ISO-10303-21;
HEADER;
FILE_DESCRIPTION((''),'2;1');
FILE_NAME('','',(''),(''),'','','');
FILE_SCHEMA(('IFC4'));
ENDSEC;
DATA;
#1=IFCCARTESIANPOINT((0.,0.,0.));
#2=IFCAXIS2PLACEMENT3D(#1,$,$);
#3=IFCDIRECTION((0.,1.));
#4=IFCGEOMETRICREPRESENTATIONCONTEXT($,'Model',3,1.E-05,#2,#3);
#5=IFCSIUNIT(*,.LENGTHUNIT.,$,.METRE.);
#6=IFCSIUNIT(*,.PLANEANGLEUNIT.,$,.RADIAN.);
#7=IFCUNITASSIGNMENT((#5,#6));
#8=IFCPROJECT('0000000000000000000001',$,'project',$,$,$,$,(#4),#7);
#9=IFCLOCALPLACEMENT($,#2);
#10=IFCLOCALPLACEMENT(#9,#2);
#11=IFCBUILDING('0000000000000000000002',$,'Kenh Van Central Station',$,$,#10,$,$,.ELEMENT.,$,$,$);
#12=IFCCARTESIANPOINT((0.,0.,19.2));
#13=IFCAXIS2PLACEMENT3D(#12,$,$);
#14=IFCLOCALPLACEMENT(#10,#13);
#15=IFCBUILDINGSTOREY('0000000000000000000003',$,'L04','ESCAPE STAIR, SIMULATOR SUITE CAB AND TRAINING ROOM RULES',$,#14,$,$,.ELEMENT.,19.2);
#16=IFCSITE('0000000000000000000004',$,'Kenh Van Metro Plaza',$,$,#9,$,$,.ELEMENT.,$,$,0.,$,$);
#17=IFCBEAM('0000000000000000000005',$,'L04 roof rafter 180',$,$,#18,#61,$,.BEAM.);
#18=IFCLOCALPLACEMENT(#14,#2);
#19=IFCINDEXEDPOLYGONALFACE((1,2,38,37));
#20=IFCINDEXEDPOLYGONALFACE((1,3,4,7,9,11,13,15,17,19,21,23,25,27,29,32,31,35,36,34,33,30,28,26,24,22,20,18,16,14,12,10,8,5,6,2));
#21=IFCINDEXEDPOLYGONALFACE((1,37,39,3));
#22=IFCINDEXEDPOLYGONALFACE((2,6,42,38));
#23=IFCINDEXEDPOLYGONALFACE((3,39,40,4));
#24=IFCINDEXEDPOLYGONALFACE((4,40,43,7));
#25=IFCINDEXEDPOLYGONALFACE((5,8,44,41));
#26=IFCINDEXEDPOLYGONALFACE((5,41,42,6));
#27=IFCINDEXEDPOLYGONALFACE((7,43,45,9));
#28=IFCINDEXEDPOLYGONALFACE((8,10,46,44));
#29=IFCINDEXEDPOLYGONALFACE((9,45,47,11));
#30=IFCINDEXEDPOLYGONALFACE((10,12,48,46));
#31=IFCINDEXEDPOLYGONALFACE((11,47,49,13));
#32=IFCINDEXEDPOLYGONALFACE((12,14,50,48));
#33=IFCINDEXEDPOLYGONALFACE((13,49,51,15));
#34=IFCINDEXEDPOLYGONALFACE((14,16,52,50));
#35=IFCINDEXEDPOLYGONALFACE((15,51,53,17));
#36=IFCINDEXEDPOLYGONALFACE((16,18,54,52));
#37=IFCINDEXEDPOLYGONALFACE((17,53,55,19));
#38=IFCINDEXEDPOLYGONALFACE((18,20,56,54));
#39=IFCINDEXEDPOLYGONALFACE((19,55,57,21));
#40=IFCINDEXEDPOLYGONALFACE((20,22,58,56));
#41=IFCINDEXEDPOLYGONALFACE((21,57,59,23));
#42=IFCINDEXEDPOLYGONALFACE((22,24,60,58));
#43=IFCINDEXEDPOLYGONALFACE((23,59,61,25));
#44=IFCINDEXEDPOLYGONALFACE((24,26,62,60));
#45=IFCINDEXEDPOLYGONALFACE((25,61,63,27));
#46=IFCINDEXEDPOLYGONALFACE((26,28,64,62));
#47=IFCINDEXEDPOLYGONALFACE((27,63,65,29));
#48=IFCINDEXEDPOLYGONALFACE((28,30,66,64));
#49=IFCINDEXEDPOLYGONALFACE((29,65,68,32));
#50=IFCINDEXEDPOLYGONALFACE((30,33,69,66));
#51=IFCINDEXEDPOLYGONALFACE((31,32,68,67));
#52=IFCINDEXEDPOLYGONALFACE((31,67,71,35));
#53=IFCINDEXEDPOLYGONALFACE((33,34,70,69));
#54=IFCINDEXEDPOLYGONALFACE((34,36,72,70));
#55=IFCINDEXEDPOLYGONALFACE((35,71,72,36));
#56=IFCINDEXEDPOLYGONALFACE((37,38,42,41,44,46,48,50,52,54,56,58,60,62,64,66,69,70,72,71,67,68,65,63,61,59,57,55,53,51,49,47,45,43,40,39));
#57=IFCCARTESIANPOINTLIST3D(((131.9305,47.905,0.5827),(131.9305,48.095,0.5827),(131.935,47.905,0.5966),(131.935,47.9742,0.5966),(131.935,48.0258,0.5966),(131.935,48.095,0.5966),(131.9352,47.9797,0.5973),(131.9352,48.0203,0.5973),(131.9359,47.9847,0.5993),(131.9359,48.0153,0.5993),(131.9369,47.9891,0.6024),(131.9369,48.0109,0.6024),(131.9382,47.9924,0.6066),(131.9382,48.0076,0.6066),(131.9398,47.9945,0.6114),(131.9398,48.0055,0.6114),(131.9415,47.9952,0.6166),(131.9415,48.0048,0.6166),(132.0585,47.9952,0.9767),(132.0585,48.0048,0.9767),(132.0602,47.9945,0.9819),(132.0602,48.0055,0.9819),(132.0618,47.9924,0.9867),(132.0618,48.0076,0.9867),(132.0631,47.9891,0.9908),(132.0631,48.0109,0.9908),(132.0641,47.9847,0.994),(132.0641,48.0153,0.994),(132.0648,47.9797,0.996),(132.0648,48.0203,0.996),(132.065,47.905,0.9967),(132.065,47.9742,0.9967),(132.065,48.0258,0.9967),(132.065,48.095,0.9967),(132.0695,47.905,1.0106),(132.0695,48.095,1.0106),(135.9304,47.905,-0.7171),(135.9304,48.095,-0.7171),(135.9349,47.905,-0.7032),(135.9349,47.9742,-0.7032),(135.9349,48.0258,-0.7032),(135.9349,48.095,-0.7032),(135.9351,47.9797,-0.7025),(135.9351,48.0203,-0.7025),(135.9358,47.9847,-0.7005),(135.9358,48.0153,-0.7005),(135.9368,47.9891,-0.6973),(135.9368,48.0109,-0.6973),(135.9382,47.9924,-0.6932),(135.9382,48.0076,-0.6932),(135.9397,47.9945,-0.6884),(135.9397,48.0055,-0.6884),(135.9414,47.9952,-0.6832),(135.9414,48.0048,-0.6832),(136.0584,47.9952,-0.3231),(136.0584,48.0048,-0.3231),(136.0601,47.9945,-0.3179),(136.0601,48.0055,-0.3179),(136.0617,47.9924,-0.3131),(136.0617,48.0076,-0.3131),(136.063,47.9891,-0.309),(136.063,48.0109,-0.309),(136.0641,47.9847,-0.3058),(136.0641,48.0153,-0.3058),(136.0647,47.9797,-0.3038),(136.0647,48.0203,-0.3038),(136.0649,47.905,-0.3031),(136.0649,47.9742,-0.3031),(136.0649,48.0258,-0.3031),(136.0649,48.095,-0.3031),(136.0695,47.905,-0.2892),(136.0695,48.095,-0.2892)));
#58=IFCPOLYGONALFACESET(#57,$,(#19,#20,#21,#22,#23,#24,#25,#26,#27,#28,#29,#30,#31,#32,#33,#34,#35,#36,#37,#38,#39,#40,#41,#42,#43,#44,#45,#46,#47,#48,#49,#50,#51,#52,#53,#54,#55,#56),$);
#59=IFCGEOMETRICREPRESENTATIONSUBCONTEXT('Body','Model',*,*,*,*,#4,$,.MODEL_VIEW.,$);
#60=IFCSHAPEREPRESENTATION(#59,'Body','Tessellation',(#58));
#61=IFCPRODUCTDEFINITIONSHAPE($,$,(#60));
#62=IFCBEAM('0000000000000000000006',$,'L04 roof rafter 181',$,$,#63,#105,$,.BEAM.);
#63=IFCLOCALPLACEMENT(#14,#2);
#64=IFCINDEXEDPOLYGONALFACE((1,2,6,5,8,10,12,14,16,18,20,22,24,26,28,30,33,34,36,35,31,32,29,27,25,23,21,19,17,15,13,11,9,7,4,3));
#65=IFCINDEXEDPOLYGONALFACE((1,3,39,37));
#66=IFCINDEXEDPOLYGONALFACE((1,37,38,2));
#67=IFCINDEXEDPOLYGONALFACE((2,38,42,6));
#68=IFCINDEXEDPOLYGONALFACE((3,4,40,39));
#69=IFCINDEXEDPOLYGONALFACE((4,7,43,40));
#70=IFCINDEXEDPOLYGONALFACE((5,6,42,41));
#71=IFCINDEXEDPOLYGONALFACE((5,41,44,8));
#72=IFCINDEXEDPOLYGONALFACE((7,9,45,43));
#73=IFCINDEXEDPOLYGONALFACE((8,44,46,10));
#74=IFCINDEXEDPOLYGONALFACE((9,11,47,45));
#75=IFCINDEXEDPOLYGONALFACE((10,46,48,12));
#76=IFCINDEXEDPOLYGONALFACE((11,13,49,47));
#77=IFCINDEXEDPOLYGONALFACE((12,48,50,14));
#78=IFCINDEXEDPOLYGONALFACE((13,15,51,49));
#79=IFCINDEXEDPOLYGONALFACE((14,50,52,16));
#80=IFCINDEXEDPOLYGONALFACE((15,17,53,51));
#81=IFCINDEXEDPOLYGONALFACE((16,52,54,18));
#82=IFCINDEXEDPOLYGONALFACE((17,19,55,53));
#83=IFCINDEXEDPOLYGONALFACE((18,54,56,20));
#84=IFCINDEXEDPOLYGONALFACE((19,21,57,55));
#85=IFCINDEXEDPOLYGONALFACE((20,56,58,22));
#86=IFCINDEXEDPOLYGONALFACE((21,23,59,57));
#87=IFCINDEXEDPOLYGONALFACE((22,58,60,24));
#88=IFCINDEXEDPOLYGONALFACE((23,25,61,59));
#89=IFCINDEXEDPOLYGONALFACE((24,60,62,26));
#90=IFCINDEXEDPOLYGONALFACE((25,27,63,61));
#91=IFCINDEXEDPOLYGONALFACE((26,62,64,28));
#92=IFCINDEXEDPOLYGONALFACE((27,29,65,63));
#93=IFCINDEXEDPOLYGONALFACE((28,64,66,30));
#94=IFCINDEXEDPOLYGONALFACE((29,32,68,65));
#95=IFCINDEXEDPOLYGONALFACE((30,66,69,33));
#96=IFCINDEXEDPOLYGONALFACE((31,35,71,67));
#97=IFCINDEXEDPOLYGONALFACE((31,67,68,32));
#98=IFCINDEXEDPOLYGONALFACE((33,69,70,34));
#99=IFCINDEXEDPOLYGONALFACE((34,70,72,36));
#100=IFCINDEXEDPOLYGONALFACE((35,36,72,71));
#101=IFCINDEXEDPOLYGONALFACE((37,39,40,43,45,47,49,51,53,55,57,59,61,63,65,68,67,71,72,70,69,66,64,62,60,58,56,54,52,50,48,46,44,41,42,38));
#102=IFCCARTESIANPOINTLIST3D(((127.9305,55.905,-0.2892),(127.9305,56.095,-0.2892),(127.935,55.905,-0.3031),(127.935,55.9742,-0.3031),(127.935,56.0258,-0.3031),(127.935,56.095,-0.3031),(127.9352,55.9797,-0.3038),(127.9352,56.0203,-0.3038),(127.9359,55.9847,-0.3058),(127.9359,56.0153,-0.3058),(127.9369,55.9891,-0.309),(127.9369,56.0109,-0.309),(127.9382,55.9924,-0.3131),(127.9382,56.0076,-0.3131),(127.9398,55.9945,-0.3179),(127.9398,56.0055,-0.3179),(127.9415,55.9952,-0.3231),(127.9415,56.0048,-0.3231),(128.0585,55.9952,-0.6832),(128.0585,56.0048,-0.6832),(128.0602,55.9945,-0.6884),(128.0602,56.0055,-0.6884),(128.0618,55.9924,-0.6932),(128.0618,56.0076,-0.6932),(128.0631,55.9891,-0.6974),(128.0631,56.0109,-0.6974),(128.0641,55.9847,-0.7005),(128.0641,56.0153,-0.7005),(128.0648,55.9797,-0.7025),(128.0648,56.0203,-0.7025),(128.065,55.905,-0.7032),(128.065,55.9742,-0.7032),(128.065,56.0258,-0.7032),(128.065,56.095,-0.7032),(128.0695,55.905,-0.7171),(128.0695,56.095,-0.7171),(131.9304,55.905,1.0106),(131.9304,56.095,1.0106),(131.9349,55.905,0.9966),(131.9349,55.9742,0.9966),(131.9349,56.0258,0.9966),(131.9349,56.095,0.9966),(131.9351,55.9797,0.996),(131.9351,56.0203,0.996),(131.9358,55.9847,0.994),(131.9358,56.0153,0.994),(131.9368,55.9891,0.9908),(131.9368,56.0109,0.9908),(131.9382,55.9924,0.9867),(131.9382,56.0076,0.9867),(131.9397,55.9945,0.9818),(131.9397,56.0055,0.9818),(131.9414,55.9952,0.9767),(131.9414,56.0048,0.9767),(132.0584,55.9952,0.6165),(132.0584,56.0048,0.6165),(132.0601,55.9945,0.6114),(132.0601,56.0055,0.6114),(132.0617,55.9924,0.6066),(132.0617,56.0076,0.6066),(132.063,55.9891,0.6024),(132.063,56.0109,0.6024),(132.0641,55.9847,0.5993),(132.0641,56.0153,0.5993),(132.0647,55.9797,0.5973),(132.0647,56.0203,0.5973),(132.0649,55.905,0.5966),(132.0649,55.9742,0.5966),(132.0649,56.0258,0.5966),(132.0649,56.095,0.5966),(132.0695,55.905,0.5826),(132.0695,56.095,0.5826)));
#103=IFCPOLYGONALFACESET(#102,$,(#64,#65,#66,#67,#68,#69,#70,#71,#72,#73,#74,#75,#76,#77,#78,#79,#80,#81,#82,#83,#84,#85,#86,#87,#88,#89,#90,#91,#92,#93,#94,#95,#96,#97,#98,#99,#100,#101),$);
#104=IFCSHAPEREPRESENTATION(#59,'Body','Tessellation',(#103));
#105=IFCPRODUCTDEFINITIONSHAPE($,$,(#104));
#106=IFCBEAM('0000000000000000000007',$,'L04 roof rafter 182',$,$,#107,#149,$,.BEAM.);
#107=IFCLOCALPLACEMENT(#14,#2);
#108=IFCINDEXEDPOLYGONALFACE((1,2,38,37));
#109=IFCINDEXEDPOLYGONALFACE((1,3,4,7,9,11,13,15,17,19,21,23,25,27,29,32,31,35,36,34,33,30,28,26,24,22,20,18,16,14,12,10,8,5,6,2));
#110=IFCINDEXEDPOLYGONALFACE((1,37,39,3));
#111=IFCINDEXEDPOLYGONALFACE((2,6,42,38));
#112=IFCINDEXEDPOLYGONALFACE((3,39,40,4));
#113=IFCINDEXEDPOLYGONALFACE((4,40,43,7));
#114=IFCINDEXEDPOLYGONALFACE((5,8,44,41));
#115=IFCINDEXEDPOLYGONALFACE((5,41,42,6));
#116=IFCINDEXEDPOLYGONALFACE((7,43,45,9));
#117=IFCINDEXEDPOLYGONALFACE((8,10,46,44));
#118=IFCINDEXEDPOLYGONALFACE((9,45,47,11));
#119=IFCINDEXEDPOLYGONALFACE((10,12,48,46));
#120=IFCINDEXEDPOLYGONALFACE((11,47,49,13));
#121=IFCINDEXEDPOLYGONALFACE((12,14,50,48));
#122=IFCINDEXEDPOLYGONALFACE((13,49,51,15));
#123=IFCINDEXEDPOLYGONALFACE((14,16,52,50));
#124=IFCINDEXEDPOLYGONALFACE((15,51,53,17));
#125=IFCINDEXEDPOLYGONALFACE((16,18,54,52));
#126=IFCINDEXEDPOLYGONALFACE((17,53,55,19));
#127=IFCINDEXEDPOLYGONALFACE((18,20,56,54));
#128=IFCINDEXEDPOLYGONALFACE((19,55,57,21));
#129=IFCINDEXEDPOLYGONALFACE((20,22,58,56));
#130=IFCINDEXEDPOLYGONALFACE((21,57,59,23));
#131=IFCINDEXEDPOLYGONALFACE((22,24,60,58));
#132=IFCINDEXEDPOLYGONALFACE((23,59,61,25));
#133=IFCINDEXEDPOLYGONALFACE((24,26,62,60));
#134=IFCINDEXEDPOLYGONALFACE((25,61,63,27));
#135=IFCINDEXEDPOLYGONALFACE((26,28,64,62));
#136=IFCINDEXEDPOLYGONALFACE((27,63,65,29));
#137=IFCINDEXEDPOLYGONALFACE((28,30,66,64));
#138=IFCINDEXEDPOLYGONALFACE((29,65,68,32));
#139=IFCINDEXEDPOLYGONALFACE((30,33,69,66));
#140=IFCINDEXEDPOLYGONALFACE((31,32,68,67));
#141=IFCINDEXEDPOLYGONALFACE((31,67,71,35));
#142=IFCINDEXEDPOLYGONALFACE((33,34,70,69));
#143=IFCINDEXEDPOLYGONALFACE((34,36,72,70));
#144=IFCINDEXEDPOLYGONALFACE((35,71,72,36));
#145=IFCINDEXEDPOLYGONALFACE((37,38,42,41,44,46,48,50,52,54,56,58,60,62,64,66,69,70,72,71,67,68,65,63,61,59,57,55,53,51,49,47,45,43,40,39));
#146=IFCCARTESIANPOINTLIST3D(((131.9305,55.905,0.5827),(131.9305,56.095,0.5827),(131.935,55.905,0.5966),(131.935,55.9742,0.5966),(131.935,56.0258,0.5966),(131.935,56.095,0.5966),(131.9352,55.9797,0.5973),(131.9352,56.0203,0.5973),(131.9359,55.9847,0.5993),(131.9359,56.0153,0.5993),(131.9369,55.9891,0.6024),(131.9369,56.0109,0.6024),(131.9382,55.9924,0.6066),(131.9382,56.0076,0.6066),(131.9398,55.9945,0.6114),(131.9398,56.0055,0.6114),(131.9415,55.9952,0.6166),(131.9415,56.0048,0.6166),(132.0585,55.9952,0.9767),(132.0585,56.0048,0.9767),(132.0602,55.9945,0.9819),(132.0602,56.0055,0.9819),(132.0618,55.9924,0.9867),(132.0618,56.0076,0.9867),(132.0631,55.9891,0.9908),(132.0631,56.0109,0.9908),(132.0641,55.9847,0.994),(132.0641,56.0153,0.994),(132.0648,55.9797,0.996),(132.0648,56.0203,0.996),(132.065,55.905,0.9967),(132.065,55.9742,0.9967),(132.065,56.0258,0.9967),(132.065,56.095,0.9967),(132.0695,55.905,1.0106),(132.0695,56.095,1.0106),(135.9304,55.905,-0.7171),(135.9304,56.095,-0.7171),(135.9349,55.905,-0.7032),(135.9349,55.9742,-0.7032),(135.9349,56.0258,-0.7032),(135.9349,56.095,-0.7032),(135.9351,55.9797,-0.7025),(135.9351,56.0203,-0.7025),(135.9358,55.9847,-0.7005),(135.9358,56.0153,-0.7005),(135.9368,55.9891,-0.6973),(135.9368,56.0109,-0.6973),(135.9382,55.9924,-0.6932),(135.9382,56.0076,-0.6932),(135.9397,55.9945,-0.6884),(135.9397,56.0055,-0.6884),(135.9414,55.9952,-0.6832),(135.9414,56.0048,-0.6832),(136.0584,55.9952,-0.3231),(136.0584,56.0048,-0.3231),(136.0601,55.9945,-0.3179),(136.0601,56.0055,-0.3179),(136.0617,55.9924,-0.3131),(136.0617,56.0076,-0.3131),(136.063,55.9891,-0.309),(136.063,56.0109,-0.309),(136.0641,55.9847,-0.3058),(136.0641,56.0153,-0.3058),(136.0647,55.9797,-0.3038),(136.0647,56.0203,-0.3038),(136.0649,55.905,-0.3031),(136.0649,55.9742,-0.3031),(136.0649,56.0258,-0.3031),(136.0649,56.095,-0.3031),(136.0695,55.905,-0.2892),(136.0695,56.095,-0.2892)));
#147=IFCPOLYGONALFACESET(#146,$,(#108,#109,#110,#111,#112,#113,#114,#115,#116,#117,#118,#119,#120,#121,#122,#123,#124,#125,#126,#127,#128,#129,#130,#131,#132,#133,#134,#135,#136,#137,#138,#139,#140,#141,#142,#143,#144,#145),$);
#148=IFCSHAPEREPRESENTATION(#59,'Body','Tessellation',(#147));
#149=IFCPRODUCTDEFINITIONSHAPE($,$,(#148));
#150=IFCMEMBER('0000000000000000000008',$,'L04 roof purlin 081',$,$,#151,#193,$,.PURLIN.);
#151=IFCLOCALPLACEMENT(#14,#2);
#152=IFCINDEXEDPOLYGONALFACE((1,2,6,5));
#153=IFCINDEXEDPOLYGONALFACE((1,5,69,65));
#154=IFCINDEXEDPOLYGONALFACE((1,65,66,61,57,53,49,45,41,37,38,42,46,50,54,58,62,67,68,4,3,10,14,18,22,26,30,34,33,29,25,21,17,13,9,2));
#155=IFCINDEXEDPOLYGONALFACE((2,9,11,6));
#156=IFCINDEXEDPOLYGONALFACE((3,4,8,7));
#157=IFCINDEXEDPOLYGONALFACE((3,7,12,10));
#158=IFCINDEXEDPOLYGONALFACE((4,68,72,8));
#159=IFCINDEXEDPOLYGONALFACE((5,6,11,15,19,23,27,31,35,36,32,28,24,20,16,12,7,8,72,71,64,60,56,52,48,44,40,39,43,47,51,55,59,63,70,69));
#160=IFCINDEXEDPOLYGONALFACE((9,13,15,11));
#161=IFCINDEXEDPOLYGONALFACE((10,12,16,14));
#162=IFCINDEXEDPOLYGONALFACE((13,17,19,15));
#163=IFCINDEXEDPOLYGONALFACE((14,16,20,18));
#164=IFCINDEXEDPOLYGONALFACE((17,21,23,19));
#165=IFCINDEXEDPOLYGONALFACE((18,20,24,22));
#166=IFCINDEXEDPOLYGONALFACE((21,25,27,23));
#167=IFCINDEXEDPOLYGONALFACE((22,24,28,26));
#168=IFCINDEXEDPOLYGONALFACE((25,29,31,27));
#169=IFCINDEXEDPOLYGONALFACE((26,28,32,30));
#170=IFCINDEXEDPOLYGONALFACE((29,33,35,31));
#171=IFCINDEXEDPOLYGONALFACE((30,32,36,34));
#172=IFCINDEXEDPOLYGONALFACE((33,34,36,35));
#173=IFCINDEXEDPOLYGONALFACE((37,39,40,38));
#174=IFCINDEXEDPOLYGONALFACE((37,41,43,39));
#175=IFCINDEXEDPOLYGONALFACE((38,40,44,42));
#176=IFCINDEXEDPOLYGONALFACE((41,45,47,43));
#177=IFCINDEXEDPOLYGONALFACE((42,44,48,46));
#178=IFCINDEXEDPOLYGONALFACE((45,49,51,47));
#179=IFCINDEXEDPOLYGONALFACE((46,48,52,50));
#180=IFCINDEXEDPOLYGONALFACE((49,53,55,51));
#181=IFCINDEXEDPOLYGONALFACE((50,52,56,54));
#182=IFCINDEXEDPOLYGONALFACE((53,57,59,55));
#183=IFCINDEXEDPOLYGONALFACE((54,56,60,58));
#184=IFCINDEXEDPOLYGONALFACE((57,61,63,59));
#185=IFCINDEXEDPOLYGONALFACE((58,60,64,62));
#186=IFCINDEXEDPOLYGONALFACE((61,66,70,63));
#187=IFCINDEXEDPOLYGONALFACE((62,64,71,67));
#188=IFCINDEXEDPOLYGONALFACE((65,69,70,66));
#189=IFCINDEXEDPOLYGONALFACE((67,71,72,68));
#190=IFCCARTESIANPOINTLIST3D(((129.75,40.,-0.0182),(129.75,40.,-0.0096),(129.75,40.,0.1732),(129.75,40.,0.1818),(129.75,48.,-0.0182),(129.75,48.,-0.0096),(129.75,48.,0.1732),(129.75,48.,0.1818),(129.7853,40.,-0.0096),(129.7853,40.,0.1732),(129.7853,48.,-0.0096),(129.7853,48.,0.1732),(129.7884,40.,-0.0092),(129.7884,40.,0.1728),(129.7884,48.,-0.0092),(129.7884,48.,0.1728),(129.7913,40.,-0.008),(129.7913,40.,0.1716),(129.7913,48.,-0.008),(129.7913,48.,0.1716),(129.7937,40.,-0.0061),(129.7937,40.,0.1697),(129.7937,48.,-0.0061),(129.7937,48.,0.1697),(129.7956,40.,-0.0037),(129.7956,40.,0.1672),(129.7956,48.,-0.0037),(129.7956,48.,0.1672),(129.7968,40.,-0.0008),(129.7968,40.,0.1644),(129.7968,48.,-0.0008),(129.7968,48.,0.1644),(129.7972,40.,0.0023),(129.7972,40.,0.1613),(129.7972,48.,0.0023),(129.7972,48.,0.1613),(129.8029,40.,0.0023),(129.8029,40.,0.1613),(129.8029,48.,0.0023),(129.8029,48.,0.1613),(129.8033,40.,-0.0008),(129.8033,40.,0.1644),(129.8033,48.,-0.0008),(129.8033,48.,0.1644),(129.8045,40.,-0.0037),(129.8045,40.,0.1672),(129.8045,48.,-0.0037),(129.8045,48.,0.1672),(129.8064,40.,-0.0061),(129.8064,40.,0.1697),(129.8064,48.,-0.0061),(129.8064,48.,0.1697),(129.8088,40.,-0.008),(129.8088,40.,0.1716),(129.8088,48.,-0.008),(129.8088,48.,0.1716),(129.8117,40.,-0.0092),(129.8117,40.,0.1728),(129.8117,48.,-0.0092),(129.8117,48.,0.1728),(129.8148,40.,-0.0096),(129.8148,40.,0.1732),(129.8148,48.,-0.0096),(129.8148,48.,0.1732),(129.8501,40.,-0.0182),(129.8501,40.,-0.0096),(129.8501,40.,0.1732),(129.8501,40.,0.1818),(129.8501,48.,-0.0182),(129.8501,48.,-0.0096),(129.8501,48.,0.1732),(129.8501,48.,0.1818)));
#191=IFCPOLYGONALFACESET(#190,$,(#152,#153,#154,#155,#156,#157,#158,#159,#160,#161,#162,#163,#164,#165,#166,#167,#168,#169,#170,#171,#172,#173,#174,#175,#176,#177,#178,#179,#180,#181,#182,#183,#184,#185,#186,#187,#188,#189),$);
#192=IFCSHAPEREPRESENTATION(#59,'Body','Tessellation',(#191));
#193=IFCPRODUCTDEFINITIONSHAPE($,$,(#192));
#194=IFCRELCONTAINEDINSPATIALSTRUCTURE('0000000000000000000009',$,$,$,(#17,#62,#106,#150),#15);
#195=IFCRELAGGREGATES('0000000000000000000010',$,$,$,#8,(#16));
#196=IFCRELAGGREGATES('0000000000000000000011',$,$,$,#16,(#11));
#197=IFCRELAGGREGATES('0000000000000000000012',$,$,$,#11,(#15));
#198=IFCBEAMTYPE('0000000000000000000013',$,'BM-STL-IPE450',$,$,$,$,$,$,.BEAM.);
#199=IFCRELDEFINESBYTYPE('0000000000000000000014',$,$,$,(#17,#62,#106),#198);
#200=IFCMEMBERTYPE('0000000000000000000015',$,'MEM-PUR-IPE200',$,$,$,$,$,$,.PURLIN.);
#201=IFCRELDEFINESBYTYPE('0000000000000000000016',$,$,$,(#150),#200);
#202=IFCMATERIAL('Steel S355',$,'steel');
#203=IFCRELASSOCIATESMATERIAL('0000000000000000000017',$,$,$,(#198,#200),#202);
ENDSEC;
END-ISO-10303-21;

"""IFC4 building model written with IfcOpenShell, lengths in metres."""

from ifc_helpers import new_model, si_unit, direction, frame, origin, origin_2d, place, context, subcontext, project, spatial, i_section, extrude, material, material_profile, profile_set, type_object, element, save


model = new_model("IFC4")

# Units and contexts
model_context = context("Model", 3, precision=1e-05, world=origin(), true_north=direction((0.0, 1.0)))
body_context = subcontext(model_context, "Body", "Model", "MODEL_VIEW")
ifc_project = project(units=[si_unit("LENGTHUNIT", "METRE"), si_unit("PLANEANGLEUNIT", "RADIAN")], contexts=[model_context])

# Site, building, storey
site_placement = place(None, origin())
site = spatial("IfcSite", under=ifc_project, at=site_placement, Name="Kenh Van Metro Plaza", CompositionType="ELEMENT", RefElevation=0.0)
building_placement = place(site_placement, origin())
building = spatial("IfcBuilding", under=site, at=building_placement, Name="Kenh Van Central Station", CompositionType="ELEMENT")
storey_placement = place(building_placement, frame((0.0, 0.0, 19.2)))
storey = spatial("IfcBuildingStorey", under=building, at=storey_placement, Name="L04", Description="ESCAPE STAIR, SIMULATOR SUITE CAB AND TRAINING ROOM RULES", CompositionType="ELEMENT", Elevation=19.2)

# Beams
ifc_material_1 = material(Name="Steel S355", Category="steel")
ifc_material_profile_1 = material_profile(ifc_material_1, i_section(OverallWidth=0.1899, OverallDepth=0.45, WebThickness=0.0095, FlangeThickness=0.0146, FilletRadius=0.021, at=origin_2d()), Name="IPE 450")
ifc_profile_set_1 = profile_set([ifc_material_profile_1], Name="Steel S355")
beam_type_1 = type_object("IfcBeamType", Name="BM-STL-IPE450", PredefinedType="BEAM", material=ifc_profile_set_1)
for number, where, z_axis, x_axis, name in (
    (1, (132.0, 48.0, 0.7966), (0.951048, 0.0, -0.309044), (0.0, 1.0, 0.0), "L04 roof rafter 180"),
    (2, (128.0, 56.0, -0.5032), (0.951048, 0.0, 0.309044), (0.0, 1.0, 0.0), "L04 roof rafter 181"),
    (3, (132.0, 56.0, 0.7966), (0.951048, 0.0, -0.309044), (0.0, 1.0, 0.0), "L04 roof rafter 182"),
):
    element("IfcBeam", number, at=place(storey_placement, frame(where, z_axis=z_axis, x_axis=x_axis)), inside=storey, type_object=beam_type_1, Name=name, PredefinedType="BEAM", context=body_context, shape_type="SweptSolid", body=[
        extrude(i_section(OverallWidth=0.1899, OverallDepth=0.45, WebThickness=0.0095, FlangeThickness=0.0146, FilletRadius=0.021, at=origin_2d()), origin(), (0.0, 0.0, 1.0), 4.2058),
    ])

# Member
ifc_material_profile_2 = material_profile(ifc_material_1, i_section(OverallWidth=0.1001, OverallDepth=0.2, WebThickness=0.0056, FlangeThickness=0.0085, FilletRadius=0.012, at=origin_2d()), Name="IPE 200")
ifc_profile_set_2 = profile_set([ifc_material_profile_2], Name="Steel S355")
member_type_1 = type_object("IfcMemberType", Name="MEM-PUR-IPE200", PredefinedType="PURLIN", material=ifc_profile_set_2)
for number, where, z_axis, x_axis, name in (
    (4, (129.8, 40.0, 0.0818), (0.0, 1.0, 0.0), (-1.0, 0.0, 0.0), "L04 roof purlin 081"),
):
    element("IfcMember", number, at=place(storey_placement, frame(where, z_axis=z_axis, x_axis=x_axis)), inside=storey, type_object=member_type_1, Name=name, PredefinedType="PURLIN", context=body_context, shape_type="SweptSolid", body=[
        extrude(i_section(OverallWidth=0.1001, OverallDepth=0.2, WebThickness=0.0056, FlangeThickness=0.0085, FilletRadius=0.012, at=origin_2d()), origin(), (0.0, 0.0, 1.0), 8.0),
    ])

save(model, "model.ifc")
